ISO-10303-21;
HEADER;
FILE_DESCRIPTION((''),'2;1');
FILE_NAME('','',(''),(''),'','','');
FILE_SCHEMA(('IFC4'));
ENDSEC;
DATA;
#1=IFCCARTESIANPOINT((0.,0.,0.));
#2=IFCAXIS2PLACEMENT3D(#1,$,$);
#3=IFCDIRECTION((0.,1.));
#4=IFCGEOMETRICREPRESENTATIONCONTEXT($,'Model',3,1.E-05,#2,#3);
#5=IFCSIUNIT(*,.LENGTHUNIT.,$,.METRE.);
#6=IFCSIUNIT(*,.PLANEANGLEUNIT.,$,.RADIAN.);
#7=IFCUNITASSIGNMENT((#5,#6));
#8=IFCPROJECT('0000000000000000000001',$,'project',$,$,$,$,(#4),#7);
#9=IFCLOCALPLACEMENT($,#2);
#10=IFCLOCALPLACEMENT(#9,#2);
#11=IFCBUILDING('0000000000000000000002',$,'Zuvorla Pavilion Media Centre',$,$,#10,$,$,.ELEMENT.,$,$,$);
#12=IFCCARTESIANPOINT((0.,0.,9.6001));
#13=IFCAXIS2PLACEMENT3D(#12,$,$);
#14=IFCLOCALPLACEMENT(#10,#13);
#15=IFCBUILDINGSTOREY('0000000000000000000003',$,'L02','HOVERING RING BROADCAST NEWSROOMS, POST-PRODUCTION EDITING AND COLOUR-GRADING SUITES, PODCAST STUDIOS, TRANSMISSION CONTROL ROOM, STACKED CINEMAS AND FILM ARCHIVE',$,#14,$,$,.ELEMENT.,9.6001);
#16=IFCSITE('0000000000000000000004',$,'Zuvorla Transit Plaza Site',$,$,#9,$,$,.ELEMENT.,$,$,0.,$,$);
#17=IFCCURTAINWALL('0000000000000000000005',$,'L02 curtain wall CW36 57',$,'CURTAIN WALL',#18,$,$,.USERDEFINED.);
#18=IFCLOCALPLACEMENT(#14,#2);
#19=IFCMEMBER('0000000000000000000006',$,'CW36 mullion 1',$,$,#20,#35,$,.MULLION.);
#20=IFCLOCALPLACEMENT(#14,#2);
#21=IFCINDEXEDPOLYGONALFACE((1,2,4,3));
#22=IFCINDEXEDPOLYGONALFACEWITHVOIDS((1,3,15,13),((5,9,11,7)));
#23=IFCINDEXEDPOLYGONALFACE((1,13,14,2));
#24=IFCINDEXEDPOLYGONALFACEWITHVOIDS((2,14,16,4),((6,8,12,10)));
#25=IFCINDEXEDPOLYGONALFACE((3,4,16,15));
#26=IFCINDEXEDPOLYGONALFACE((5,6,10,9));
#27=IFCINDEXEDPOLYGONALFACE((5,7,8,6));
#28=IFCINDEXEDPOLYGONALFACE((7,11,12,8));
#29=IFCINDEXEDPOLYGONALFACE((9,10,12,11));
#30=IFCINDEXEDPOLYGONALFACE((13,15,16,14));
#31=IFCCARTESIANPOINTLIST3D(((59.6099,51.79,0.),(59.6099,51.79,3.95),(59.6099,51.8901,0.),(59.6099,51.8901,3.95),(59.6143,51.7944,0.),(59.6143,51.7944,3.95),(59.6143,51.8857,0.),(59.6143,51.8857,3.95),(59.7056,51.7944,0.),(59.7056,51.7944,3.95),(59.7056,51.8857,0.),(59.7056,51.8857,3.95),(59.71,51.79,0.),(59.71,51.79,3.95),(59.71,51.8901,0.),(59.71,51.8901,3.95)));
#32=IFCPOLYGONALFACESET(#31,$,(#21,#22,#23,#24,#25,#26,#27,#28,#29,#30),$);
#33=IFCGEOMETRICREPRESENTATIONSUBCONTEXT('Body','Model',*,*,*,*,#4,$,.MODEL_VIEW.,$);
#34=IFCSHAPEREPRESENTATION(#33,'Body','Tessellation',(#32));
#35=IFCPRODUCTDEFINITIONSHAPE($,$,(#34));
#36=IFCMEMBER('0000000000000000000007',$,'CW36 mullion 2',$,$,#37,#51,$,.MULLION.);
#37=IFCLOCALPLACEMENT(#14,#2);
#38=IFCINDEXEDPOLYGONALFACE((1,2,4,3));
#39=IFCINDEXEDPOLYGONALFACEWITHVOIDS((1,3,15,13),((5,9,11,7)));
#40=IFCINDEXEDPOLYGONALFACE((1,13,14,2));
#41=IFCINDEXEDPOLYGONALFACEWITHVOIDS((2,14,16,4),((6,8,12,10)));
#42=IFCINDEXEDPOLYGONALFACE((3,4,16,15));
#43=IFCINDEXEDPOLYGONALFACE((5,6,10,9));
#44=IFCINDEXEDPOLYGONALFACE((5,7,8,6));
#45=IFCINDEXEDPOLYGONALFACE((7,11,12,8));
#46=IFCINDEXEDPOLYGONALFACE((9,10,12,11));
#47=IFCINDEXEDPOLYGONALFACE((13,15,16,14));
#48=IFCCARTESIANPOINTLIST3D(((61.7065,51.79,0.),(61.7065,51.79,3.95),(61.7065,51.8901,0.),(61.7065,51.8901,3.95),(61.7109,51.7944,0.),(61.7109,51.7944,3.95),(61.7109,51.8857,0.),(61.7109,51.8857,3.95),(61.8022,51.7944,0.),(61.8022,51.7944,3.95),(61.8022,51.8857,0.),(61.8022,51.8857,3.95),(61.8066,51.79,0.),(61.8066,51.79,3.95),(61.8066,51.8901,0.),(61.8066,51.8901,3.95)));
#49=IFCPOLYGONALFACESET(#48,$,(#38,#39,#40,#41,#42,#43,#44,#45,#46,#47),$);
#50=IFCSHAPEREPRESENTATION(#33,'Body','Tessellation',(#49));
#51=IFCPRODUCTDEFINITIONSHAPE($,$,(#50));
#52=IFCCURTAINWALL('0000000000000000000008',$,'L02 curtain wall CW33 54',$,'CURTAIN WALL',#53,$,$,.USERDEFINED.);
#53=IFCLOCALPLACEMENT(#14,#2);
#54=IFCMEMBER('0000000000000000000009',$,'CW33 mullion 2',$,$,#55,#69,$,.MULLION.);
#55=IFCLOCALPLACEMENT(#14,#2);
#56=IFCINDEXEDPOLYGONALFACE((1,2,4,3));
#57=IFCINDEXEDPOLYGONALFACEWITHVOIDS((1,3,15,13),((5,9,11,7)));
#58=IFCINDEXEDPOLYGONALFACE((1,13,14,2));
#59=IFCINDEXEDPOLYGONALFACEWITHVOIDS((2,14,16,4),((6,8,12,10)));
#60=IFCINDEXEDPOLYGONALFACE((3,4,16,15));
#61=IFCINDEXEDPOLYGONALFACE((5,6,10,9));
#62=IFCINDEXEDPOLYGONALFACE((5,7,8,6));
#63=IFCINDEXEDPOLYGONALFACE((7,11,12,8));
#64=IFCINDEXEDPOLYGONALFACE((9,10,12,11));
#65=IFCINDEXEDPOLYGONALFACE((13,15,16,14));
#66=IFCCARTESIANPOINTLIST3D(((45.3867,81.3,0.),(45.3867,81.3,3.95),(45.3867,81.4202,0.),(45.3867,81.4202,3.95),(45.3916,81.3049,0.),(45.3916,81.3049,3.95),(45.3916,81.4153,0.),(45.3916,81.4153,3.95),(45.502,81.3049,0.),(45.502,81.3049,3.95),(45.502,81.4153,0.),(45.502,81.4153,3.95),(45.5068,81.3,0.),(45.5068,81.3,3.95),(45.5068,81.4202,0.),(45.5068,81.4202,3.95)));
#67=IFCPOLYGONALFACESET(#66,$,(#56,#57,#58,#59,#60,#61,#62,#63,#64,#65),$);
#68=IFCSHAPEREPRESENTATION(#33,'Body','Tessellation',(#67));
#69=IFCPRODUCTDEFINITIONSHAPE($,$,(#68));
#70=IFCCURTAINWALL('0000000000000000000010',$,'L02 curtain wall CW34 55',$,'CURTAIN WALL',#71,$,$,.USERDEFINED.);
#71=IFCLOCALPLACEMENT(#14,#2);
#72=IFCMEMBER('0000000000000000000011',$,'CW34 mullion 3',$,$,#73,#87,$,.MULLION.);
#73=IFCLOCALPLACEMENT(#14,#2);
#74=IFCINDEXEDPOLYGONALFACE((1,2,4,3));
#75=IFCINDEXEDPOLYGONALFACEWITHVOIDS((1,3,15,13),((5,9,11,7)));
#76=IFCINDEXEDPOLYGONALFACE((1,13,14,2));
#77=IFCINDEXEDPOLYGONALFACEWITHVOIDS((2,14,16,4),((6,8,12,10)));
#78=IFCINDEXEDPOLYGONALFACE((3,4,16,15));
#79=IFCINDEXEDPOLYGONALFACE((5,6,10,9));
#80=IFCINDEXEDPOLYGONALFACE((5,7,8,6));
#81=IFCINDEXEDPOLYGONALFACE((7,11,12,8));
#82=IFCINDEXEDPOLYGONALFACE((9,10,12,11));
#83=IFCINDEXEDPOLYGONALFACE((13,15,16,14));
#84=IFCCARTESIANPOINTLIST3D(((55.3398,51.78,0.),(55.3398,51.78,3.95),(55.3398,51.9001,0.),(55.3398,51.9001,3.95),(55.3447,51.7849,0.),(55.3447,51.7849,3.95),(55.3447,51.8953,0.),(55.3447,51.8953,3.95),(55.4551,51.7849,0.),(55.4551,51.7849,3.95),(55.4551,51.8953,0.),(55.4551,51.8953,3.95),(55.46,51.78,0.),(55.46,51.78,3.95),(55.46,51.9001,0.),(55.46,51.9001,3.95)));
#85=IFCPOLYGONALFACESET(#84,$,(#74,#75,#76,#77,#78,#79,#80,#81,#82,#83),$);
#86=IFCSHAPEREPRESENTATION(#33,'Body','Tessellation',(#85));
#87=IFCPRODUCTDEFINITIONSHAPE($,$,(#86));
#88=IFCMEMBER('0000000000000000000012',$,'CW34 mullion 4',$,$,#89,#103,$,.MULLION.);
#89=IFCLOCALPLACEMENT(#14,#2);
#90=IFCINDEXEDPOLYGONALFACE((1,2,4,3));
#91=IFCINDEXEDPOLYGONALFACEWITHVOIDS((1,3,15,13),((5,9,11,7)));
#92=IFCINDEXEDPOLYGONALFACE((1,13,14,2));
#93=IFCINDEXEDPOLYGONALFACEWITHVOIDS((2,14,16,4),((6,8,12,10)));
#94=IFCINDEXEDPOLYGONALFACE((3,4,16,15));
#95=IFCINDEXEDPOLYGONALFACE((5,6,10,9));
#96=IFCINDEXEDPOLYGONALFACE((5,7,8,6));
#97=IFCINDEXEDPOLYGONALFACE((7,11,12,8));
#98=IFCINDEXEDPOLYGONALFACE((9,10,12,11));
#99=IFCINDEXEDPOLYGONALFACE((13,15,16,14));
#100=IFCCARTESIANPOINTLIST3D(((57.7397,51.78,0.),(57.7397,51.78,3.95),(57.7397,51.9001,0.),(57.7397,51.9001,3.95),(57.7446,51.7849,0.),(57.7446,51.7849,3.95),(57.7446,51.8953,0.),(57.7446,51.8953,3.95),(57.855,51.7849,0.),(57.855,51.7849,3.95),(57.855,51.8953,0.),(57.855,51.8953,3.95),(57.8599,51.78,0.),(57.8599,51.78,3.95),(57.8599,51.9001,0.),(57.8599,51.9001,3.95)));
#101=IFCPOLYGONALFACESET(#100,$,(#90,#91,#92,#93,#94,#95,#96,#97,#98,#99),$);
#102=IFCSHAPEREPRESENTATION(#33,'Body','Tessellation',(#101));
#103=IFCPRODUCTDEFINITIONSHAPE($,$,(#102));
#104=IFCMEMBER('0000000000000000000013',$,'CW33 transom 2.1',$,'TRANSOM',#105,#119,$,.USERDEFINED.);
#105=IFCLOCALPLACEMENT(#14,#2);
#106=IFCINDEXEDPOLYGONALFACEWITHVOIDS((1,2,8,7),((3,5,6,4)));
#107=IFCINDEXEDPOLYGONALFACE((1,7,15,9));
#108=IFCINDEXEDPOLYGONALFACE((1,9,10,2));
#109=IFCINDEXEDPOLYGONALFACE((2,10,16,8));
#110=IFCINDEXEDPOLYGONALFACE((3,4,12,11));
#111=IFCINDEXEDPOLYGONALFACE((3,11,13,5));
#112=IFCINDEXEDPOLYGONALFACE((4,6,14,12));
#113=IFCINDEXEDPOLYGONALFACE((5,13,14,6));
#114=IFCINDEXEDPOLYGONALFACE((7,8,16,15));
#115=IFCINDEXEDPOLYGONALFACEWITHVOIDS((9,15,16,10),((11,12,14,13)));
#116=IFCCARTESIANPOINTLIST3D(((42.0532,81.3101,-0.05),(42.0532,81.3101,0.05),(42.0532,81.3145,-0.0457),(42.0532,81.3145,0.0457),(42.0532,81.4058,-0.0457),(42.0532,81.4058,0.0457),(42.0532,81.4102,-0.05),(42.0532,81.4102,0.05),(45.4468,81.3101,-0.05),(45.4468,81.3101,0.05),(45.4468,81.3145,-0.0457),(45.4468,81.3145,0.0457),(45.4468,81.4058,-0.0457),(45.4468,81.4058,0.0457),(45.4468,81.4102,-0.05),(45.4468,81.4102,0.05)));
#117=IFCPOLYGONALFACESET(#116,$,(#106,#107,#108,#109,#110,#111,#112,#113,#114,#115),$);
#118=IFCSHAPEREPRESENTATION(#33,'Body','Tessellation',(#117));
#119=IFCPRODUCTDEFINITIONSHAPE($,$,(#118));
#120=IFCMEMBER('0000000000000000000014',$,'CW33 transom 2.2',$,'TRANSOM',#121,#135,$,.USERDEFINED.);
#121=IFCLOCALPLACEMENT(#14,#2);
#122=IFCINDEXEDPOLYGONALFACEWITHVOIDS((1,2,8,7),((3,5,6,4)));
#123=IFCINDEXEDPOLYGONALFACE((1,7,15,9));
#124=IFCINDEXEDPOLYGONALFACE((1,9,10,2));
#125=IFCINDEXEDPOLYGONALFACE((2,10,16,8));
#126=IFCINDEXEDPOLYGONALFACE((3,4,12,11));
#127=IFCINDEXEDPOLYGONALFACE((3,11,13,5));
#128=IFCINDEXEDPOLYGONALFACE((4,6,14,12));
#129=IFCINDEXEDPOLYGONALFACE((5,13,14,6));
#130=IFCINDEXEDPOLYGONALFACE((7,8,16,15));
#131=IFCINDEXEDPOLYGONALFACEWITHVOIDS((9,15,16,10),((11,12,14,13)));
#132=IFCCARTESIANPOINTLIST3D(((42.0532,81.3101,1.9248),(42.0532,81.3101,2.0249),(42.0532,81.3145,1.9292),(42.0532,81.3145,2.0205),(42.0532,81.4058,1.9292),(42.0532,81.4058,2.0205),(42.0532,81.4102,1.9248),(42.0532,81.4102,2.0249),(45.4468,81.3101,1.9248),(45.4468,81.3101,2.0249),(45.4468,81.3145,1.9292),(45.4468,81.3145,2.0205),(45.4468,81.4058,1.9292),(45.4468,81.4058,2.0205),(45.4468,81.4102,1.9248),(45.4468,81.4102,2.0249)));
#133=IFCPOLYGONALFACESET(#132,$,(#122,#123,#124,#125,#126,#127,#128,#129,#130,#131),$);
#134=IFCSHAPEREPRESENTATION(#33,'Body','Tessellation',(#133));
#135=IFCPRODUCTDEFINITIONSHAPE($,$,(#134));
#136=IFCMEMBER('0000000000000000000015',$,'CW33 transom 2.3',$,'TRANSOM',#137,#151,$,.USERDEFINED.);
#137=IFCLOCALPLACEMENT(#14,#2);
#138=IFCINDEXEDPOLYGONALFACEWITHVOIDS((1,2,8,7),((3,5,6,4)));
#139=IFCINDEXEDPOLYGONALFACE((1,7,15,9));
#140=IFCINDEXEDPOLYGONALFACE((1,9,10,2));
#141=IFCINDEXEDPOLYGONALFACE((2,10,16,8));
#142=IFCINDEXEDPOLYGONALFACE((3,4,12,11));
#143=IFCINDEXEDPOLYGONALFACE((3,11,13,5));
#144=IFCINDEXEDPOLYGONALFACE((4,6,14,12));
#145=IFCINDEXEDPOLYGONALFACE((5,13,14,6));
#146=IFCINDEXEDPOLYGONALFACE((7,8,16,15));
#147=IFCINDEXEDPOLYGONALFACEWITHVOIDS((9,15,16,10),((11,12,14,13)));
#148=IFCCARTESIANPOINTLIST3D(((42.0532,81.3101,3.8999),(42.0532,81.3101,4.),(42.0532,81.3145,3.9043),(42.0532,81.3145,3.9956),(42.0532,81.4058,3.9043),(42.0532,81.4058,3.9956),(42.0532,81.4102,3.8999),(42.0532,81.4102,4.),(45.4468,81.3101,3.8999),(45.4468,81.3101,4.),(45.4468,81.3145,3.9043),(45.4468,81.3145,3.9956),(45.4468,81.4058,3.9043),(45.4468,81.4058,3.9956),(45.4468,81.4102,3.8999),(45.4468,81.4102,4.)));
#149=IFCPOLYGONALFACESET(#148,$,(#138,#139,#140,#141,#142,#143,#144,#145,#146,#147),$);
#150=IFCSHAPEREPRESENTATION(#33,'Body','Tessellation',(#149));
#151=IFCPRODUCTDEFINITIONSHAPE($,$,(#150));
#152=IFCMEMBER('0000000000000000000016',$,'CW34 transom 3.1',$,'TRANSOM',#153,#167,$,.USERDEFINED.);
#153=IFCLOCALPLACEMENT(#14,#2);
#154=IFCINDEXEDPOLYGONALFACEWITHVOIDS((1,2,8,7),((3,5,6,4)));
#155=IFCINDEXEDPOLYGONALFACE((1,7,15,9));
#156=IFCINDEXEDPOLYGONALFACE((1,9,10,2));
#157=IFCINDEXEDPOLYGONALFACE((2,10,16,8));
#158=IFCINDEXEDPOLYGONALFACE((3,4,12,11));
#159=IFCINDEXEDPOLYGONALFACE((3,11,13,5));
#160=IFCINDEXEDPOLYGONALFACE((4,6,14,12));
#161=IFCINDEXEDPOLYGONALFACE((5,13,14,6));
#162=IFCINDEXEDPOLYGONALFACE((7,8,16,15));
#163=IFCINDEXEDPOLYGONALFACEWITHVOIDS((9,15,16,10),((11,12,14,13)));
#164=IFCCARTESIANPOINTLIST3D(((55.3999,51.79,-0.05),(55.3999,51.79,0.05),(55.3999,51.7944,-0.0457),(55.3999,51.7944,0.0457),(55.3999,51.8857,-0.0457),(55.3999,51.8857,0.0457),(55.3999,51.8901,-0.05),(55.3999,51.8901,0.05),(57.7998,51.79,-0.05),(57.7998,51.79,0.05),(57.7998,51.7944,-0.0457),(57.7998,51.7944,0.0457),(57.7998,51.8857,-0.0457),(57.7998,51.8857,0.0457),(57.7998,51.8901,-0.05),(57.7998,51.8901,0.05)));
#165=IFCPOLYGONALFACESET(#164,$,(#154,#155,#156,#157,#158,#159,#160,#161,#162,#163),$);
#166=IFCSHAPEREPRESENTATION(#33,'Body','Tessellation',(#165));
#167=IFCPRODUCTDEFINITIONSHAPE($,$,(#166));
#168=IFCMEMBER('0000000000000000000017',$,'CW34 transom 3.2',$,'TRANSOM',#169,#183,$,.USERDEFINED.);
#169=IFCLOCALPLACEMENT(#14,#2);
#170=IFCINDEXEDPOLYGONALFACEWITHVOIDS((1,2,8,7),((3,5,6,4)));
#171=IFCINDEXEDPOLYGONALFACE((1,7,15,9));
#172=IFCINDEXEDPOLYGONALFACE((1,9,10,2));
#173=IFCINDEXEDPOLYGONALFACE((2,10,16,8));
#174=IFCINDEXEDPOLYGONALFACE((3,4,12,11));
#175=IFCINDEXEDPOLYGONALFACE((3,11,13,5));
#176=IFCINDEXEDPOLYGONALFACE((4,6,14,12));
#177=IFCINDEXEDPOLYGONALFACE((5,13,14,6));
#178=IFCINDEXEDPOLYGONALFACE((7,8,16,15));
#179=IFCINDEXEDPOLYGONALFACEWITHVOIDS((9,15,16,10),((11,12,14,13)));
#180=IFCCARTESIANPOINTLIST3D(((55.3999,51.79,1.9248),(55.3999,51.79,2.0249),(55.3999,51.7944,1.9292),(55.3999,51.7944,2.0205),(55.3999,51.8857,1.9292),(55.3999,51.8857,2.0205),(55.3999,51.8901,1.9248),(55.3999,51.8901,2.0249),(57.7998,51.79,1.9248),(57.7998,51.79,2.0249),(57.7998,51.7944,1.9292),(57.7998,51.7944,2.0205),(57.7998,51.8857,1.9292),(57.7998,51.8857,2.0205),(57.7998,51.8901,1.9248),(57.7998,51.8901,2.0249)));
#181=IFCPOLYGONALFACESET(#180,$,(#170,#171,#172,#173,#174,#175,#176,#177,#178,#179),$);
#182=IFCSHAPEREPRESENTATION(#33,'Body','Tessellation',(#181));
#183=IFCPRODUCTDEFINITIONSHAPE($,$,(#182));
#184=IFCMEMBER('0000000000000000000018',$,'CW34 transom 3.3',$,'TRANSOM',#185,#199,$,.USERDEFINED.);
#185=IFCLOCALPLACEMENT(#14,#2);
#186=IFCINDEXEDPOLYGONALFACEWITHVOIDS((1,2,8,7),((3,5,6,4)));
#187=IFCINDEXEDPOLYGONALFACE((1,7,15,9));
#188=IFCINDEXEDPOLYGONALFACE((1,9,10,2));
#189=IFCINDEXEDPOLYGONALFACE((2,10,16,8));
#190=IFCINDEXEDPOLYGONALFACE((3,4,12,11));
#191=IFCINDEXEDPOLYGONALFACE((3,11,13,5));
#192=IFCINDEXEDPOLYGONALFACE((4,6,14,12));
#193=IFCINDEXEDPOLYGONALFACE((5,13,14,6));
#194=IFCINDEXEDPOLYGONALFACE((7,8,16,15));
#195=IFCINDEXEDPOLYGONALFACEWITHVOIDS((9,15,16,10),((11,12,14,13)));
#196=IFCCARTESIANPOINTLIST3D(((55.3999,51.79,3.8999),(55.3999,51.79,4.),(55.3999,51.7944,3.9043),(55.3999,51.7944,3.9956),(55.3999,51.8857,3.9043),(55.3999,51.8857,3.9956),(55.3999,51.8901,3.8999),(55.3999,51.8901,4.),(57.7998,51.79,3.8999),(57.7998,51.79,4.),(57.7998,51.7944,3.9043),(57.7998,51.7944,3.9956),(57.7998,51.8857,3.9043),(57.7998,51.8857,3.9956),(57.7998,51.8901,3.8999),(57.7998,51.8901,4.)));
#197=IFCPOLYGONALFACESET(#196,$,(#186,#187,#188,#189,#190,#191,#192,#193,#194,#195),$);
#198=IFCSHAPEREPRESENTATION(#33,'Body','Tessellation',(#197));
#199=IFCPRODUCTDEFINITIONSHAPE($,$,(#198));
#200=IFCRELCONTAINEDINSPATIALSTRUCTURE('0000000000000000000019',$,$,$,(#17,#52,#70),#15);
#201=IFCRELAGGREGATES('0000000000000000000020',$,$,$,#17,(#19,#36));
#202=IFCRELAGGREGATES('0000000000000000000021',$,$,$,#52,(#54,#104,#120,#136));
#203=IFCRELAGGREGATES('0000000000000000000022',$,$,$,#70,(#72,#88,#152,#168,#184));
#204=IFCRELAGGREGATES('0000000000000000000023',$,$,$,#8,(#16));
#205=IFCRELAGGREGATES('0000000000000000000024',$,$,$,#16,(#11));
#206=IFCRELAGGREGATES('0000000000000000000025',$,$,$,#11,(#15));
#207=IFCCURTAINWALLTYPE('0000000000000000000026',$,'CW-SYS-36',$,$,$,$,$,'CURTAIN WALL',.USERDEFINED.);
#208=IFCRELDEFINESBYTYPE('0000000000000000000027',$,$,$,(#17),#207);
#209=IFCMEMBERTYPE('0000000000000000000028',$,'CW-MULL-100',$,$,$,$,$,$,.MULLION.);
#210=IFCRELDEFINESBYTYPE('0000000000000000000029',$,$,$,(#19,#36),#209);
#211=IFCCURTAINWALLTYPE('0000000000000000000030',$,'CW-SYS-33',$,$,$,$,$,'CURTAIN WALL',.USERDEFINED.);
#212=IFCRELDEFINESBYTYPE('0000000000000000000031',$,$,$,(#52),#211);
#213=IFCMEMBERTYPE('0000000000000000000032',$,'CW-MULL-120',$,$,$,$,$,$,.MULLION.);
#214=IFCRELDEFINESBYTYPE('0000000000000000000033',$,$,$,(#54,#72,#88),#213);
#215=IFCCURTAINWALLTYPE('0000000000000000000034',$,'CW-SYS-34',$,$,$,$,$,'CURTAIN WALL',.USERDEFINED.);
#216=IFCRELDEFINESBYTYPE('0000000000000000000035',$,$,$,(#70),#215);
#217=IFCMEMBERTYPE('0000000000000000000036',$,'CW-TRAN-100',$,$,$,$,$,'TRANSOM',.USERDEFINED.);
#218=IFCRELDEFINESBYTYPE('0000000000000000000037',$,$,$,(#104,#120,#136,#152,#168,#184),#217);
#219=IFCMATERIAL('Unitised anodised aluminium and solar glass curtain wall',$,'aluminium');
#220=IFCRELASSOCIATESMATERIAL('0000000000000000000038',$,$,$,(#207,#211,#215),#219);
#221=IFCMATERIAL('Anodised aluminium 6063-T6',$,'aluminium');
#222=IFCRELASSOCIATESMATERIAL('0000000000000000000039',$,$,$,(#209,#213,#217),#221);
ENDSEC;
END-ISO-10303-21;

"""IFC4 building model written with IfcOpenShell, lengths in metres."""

from ifc_helpers import new_model, si_unit, direction, frame, origin, origin_2d, place, context, subcontext, project, spatial, hollow_rectangle, extrude, material, material_profile, profile_set, type_object, element, aggregate, save


model = new_model("IFC4")

# Units and contexts
model_context = context("Model", 3, precision=1e-05, world=origin(), true_north=direction((0.0, 1.0)))
body_context = subcontext(model_context, "Body", "Model", "MODEL_VIEW")
ifc_project = project(units=[si_unit("LENGTHUNIT", "METRE"), si_unit("PLANEANGLEUNIT", "RADIAN")], contexts=[model_context])

# Site, building, storey
site_placement = place(None, origin())
site = spatial("IfcSite", under=ifc_project, at=site_placement, Name="Zuvorla Transit Plaza Site", CompositionType="ELEMENT", RefElevation=0.0)
building_placement = place(site_placement, origin())
building = spatial("IfcBuilding", under=site, at=building_placement, Name="Zuvorla Pavilion Media Centre", CompositionType="ELEMENT")
storey_placement = place(building_placement, frame((0.0, 0.0, 9.6001)))
storey = spatial("IfcBuildingStorey", under=building, at=storey_placement, Name="L02", Description="HOVERING RING BROADCAST NEWSROOMS, POST-PRODUCTION EDITING AND COLOUR-GRADING SUITES, PODCAST STUDIOS, TRANSMISSION CONTROL ROOM, STACKED CINEMAS AND FILM ARCHIVE", CompositionType="ELEMENT", Elevation=9.6001)

# Curtain wall, members
ifc_material_1 = material(Name="Unitised anodised aluminium and solar glass curtain wall", Category="aluminium")
curtain_wall_type_1 = type_object("IfcCurtainWallType", Name="CW-SYS-36", ElementType="CURTAIN WALL", PredefinedType="USERDEFINED", material=ifc_material_1)
curtain_wall_1_placement = place(storey_placement, origin())
curtain_wall_1 = element("IfcCurtainWall", 1, at=curtain_wall_1_placement, inside=storey, type_object=curtain_wall_type_1, Name="L02 curtain wall CW36 57", ObjectType="CURTAIN WALL", PredefinedType="USERDEFINED")
ifc_material_2 = material(Name="Anodised aluminium 6063-T6", Category="aluminium")
ifc_material_profile_1 = material_profile(ifc_material_2, hollow_rectangle(XDim=0.1001, YDim=0.1001, WallThickness=0.0044, at=origin_2d()), Name="ALU MULL 100x100")
ifc_profile_set_1 = profile_set([ifc_material_profile_1], Name="Anodised aluminium 6063-T6")
member_type_1 = type_object("IfcMemberType", Name="CW-MULL-100", PredefinedType="MULLION", material=ifc_profile_set_1)
member_1_placement = place(storey_placement, frame((59.6599, 51.8401, 0.0), z_axis=(0.0, 0.0, 1.0), x_axis=(1.0, 0.0, 0.0)))
member_1 = element("IfcMember", 2, at=member_1_placement, type_object=member_type_1, Name="CW36 mullion 1", PredefinedType="MULLION", context=body_context, shape_type="SweptSolid", body=[
    extrude(hollow_rectangle(XDim=0.1001, YDim=0.1001, WallThickness=0.0044, at=origin_2d()), origin(), (0.0, 0.0, 1.0), 3.95),
])
member_2_placement = place(storey_placement, frame((61.7566, 51.8401, 0.0), z_axis=(0.0, 0.0, 1.0), x_axis=(1.0, 0.0, 0.0)))
member_2 = element("IfcMember", 3, at=member_2_placement, type_object=member_type_1, Name="CW36 mullion 2", PredefinedType="MULLION", context=body_context, shape_type="SweptSolid", body=[
    extrude(hollow_rectangle(XDim=0.1001, YDim=0.1001, WallThickness=0.0044, at=origin_2d()), origin(), (0.0, 0.0, 1.0), 3.95),
])

# Curtain wall, member
curtain_wall_type_2 = type_object("IfcCurtainWallType", Name="CW-SYS-33", ElementType="CURTAIN WALL", PredefinedType="USERDEFINED", material=ifc_material_1)
curtain_wall_2_placement = place(storey_placement, origin())
curtain_wall_2 = element("IfcCurtainWall", 4, at=curtain_wall_2_placement, inside=storey, type_object=curtain_wall_type_2, Name="L02 curtain wall CW33 54", ObjectType="CURTAIN WALL", PredefinedType="USERDEFINED")
ifc_material_profile_2 = material_profile(ifc_material_2, hollow_rectangle(XDim=0.1201, YDim=0.1201, WallThickness=0.0049, at=origin_2d()), Name="ALU MULL 120x120")
ifc_profile_set_2 = profile_set([ifc_material_profile_2], Name="Anodised aluminium 6063-T6")
member_type_2 = type_object("IfcMemberType", Name="CW-MULL-120", PredefinedType="MULLION", material=ifc_profile_set_2)
member_3_placement = place(storey_placement, frame((45.4468, 81.3601, 0.0), z_axis=(0.0, 0.0, 1.0), x_axis=(1.0, 0.0, 0.0)))
member_3 = element("IfcMember", 5, at=member_3_placement, type_object=member_type_2, Name="CW33 mullion 2", PredefinedType="MULLION", context=body_context, shape_type="SweptSolid", body=[
    extrude(hollow_rectangle(XDim=0.1201, YDim=0.1201, WallThickness=0.0049, at=origin_2d()), origin(), (0.0, 0.0, 1.0), 3.95),
])

# Curtain wall, members
curtain_wall_type_3 = type_object("IfcCurtainWallType", Name="CW-SYS-34", ElementType="CURTAIN WALL", PredefinedType="USERDEFINED", material=ifc_material_1)
curtain_wall_3_placement = place(storey_placement, origin())
curtain_wall_3 = element("IfcCurtainWall", 6, at=curtain_wall_3_placement, inside=storey, type_object=curtain_wall_type_3, Name="L02 curtain wall CW34 55", ObjectType="CURTAIN WALL", PredefinedType="USERDEFINED")
member_4_placement = place(storey_placement, frame((55.3999, 51.8401, 0.0), z_axis=(0.0, 0.0, 1.0), x_axis=(1.0, 0.0, 0.0)))
member_4 = element("IfcMember", 7, at=member_4_placement, type_object=member_type_2, Name="CW34 mullion 3", PredefinedType="MULLION", context=body_context, shape_type="SweptSolid", body=[
    extrude(hollow_rectangle(XDim=0.1201, YDim=0.1201, WallThickness=0.0049, at=origin_2d()), origin(), (0.0, 0.0, 1.0), 3.95),
])
member_5_placement = place(storey_placement, frame((57.7998, 51.8401, 0.0), z_axis=(0.0, 0.0, 1.0), x_axis=(1.0, 0.0, 0.0)))
member_5 = element("IfcMember", 8, at=member_5_placement, type_object=member_type_2, Name="CW34 mullion 4", PredefinedType="MULLION", context=body_context, shape_type="SweptSolid", body=[
    extrude(hollow_rectangle(XDim=0.1201, YDim=0.1201, WallThickness=0.0049, at=origin_2d()), origin(), (0.0, 0.0, 1.0), 3.95),
])

# Members
ifc_material_profile_3 = material_profile(ifc_material_2, hollow_rectangle(XDim=0.1001, YDim=0.1001, WallThickness=0.0044, at=origin_2d()), Name="ALU TRAN 100x100")
ifc_profile_set_3 = profile_set([ifc_material_profile_3], Name="Anodised aluminium 6063-T6")
member_type_3 = type_object("IfcMemberType", Name="CW-TRAN-100", ElementType="TRANSOM", PredefinedType="USERDEFINED", material=ifc_profile_set_3)
member_6_placement = place(storey_placement, frame((45.4468, 81.3601, 0.0), z_axis=(-1.0, 0.0, 0.0), x_axis=(0.0, -1.0, 0.0)))
member_6 = element("IfcMember", 9, at=member_6_placement, type_object=member_type_3, Name="CW33 transom 2.1", ObjectType="TRANSOM", PredefinedType="USERDEFINED", context=body_context, shape_type="SweptSolid", body=[
    extrude(hollow_rectangle(XDim=0.1001, YDim=0.1001, WallThickness=0.0044, at=origin_2d()), origin(), (0.0, 0.0, 1.0), 3.3936),
])
member_7_placement = place(storey_placement, frame((45.4468, 81.3601, 1.9749), z_axis=(-1.0, 0.0, 0.0), x_axis=(0.0, -1.0, 0.0)))
member_7 = element("IfcMember", 10, at=member_7_placement, type_object=member_type_3, Name="CW33 transom 2.2", ObjectType="TRANSOM", PredefinedType="USERDEFINED", context=body_context, shape_type="SweptSolid", body=[
    extrude(hollow_rectangle(XDim=0.1001, YDim=0.1001, WallThickness=0.0044, at=origin_2d()), origin(), (0.0, 0.0, 1.0), 3.3936),
])
member_8_placement = place(storey_placement, frame((45.4468, 81.3601, 3.95), z_axis=(-1.0, 0.0, 0.0), x_axis=(0.0, -1.0, 0.0)))
member_8 = element("IfcMember", 11, at=member_8_placement, type_object=member_type_3, Name="CW33 transom 2.3", ObjectType="TRANSOM", PredefinedType="USERDEFINED", context=body_context, shape_type="SweptSolid", body=[
    extrude(hollow_rectangle(XDim=0.1001, YDim=0.1001, WallThickness=0.0044, at=origin_2d()), origin(), (0.0, 0.0, 1.0), 3.3936),
])
member_9_placement = place(storey_placement, frame((55.3999, 51.8401, 0.0), z_axis=(1.0, 0.0, 0.0), x_axis=(0.0, 1.0, 0.0)))
member_9 = element("IfcMember", 12, at=member_9_placement, type_object=member_type_3, Name="CW34 transom 3.1", ObjectType="TRANSOM", PredefinedType="USERDEFINED", context=body_context, shape_type="SweptSolid", body=[
    extrude(hollow_rectangle(XDim=0.1001, YDim=0.1001, WallThickness=0.0044, at=origin_2d()), origin(), (0.0, 0.0, 1.0), 2.3999),
])
member_10_placement = place(storey_placement, frame((55.3999, 51.8401, 1.9749), z_axis=(1.0, 0.0, 0.0), x_axis=(0.0, 1.0, 0.0)))
member_10 = element("IfcMember", 13, at=member_10_placement, type_object=member_type_3, Name="CW34 transom 3.2", ObjectType="TRANSOM", PredefinedType="USERDEFINED", context=body_context, shape_type="SweptSolid", body=[
    extrude(hollow_rectangle(XDim=0.1001, YDim=0.1001, WallThickness=0.0044, at=origin_2d()), origin(), (0.0, 0.0, 1.0), 2.3999),
])
member_11_placement = place(storey_placement, frame((55.3999, 51.8401, 3.95), z_axis=(1.0, 0.0, 0.0), x_axis=(0.0, 1.0, 0.0)))
member_11 = element("IfcMember", 14, at=member_11_placement, type_object=member_type_3, Name="CW34 transom 3.3", ObjectType="TRANSOM", PredefinedType="USERDEFINED", context=body_context, shape_type="SweptSolid", body=[
    extrude(hollow_rectangle(XDim=0.1001, YDim=0.1001, WallThickness=0.0044, at=origin_2d()), origin(), (0.0, 0.0, 1.0), 2.3999),
])

aggregate(curtain_wall_1, [member_1, member_2])
aggregate(curtain_wall_2, [member_3, member_6, member_7, member_8])
aggregate(curtain_wall_3, [member_4, member_5, member_9, member_10, member_11])

save(model, "model.ifc")
